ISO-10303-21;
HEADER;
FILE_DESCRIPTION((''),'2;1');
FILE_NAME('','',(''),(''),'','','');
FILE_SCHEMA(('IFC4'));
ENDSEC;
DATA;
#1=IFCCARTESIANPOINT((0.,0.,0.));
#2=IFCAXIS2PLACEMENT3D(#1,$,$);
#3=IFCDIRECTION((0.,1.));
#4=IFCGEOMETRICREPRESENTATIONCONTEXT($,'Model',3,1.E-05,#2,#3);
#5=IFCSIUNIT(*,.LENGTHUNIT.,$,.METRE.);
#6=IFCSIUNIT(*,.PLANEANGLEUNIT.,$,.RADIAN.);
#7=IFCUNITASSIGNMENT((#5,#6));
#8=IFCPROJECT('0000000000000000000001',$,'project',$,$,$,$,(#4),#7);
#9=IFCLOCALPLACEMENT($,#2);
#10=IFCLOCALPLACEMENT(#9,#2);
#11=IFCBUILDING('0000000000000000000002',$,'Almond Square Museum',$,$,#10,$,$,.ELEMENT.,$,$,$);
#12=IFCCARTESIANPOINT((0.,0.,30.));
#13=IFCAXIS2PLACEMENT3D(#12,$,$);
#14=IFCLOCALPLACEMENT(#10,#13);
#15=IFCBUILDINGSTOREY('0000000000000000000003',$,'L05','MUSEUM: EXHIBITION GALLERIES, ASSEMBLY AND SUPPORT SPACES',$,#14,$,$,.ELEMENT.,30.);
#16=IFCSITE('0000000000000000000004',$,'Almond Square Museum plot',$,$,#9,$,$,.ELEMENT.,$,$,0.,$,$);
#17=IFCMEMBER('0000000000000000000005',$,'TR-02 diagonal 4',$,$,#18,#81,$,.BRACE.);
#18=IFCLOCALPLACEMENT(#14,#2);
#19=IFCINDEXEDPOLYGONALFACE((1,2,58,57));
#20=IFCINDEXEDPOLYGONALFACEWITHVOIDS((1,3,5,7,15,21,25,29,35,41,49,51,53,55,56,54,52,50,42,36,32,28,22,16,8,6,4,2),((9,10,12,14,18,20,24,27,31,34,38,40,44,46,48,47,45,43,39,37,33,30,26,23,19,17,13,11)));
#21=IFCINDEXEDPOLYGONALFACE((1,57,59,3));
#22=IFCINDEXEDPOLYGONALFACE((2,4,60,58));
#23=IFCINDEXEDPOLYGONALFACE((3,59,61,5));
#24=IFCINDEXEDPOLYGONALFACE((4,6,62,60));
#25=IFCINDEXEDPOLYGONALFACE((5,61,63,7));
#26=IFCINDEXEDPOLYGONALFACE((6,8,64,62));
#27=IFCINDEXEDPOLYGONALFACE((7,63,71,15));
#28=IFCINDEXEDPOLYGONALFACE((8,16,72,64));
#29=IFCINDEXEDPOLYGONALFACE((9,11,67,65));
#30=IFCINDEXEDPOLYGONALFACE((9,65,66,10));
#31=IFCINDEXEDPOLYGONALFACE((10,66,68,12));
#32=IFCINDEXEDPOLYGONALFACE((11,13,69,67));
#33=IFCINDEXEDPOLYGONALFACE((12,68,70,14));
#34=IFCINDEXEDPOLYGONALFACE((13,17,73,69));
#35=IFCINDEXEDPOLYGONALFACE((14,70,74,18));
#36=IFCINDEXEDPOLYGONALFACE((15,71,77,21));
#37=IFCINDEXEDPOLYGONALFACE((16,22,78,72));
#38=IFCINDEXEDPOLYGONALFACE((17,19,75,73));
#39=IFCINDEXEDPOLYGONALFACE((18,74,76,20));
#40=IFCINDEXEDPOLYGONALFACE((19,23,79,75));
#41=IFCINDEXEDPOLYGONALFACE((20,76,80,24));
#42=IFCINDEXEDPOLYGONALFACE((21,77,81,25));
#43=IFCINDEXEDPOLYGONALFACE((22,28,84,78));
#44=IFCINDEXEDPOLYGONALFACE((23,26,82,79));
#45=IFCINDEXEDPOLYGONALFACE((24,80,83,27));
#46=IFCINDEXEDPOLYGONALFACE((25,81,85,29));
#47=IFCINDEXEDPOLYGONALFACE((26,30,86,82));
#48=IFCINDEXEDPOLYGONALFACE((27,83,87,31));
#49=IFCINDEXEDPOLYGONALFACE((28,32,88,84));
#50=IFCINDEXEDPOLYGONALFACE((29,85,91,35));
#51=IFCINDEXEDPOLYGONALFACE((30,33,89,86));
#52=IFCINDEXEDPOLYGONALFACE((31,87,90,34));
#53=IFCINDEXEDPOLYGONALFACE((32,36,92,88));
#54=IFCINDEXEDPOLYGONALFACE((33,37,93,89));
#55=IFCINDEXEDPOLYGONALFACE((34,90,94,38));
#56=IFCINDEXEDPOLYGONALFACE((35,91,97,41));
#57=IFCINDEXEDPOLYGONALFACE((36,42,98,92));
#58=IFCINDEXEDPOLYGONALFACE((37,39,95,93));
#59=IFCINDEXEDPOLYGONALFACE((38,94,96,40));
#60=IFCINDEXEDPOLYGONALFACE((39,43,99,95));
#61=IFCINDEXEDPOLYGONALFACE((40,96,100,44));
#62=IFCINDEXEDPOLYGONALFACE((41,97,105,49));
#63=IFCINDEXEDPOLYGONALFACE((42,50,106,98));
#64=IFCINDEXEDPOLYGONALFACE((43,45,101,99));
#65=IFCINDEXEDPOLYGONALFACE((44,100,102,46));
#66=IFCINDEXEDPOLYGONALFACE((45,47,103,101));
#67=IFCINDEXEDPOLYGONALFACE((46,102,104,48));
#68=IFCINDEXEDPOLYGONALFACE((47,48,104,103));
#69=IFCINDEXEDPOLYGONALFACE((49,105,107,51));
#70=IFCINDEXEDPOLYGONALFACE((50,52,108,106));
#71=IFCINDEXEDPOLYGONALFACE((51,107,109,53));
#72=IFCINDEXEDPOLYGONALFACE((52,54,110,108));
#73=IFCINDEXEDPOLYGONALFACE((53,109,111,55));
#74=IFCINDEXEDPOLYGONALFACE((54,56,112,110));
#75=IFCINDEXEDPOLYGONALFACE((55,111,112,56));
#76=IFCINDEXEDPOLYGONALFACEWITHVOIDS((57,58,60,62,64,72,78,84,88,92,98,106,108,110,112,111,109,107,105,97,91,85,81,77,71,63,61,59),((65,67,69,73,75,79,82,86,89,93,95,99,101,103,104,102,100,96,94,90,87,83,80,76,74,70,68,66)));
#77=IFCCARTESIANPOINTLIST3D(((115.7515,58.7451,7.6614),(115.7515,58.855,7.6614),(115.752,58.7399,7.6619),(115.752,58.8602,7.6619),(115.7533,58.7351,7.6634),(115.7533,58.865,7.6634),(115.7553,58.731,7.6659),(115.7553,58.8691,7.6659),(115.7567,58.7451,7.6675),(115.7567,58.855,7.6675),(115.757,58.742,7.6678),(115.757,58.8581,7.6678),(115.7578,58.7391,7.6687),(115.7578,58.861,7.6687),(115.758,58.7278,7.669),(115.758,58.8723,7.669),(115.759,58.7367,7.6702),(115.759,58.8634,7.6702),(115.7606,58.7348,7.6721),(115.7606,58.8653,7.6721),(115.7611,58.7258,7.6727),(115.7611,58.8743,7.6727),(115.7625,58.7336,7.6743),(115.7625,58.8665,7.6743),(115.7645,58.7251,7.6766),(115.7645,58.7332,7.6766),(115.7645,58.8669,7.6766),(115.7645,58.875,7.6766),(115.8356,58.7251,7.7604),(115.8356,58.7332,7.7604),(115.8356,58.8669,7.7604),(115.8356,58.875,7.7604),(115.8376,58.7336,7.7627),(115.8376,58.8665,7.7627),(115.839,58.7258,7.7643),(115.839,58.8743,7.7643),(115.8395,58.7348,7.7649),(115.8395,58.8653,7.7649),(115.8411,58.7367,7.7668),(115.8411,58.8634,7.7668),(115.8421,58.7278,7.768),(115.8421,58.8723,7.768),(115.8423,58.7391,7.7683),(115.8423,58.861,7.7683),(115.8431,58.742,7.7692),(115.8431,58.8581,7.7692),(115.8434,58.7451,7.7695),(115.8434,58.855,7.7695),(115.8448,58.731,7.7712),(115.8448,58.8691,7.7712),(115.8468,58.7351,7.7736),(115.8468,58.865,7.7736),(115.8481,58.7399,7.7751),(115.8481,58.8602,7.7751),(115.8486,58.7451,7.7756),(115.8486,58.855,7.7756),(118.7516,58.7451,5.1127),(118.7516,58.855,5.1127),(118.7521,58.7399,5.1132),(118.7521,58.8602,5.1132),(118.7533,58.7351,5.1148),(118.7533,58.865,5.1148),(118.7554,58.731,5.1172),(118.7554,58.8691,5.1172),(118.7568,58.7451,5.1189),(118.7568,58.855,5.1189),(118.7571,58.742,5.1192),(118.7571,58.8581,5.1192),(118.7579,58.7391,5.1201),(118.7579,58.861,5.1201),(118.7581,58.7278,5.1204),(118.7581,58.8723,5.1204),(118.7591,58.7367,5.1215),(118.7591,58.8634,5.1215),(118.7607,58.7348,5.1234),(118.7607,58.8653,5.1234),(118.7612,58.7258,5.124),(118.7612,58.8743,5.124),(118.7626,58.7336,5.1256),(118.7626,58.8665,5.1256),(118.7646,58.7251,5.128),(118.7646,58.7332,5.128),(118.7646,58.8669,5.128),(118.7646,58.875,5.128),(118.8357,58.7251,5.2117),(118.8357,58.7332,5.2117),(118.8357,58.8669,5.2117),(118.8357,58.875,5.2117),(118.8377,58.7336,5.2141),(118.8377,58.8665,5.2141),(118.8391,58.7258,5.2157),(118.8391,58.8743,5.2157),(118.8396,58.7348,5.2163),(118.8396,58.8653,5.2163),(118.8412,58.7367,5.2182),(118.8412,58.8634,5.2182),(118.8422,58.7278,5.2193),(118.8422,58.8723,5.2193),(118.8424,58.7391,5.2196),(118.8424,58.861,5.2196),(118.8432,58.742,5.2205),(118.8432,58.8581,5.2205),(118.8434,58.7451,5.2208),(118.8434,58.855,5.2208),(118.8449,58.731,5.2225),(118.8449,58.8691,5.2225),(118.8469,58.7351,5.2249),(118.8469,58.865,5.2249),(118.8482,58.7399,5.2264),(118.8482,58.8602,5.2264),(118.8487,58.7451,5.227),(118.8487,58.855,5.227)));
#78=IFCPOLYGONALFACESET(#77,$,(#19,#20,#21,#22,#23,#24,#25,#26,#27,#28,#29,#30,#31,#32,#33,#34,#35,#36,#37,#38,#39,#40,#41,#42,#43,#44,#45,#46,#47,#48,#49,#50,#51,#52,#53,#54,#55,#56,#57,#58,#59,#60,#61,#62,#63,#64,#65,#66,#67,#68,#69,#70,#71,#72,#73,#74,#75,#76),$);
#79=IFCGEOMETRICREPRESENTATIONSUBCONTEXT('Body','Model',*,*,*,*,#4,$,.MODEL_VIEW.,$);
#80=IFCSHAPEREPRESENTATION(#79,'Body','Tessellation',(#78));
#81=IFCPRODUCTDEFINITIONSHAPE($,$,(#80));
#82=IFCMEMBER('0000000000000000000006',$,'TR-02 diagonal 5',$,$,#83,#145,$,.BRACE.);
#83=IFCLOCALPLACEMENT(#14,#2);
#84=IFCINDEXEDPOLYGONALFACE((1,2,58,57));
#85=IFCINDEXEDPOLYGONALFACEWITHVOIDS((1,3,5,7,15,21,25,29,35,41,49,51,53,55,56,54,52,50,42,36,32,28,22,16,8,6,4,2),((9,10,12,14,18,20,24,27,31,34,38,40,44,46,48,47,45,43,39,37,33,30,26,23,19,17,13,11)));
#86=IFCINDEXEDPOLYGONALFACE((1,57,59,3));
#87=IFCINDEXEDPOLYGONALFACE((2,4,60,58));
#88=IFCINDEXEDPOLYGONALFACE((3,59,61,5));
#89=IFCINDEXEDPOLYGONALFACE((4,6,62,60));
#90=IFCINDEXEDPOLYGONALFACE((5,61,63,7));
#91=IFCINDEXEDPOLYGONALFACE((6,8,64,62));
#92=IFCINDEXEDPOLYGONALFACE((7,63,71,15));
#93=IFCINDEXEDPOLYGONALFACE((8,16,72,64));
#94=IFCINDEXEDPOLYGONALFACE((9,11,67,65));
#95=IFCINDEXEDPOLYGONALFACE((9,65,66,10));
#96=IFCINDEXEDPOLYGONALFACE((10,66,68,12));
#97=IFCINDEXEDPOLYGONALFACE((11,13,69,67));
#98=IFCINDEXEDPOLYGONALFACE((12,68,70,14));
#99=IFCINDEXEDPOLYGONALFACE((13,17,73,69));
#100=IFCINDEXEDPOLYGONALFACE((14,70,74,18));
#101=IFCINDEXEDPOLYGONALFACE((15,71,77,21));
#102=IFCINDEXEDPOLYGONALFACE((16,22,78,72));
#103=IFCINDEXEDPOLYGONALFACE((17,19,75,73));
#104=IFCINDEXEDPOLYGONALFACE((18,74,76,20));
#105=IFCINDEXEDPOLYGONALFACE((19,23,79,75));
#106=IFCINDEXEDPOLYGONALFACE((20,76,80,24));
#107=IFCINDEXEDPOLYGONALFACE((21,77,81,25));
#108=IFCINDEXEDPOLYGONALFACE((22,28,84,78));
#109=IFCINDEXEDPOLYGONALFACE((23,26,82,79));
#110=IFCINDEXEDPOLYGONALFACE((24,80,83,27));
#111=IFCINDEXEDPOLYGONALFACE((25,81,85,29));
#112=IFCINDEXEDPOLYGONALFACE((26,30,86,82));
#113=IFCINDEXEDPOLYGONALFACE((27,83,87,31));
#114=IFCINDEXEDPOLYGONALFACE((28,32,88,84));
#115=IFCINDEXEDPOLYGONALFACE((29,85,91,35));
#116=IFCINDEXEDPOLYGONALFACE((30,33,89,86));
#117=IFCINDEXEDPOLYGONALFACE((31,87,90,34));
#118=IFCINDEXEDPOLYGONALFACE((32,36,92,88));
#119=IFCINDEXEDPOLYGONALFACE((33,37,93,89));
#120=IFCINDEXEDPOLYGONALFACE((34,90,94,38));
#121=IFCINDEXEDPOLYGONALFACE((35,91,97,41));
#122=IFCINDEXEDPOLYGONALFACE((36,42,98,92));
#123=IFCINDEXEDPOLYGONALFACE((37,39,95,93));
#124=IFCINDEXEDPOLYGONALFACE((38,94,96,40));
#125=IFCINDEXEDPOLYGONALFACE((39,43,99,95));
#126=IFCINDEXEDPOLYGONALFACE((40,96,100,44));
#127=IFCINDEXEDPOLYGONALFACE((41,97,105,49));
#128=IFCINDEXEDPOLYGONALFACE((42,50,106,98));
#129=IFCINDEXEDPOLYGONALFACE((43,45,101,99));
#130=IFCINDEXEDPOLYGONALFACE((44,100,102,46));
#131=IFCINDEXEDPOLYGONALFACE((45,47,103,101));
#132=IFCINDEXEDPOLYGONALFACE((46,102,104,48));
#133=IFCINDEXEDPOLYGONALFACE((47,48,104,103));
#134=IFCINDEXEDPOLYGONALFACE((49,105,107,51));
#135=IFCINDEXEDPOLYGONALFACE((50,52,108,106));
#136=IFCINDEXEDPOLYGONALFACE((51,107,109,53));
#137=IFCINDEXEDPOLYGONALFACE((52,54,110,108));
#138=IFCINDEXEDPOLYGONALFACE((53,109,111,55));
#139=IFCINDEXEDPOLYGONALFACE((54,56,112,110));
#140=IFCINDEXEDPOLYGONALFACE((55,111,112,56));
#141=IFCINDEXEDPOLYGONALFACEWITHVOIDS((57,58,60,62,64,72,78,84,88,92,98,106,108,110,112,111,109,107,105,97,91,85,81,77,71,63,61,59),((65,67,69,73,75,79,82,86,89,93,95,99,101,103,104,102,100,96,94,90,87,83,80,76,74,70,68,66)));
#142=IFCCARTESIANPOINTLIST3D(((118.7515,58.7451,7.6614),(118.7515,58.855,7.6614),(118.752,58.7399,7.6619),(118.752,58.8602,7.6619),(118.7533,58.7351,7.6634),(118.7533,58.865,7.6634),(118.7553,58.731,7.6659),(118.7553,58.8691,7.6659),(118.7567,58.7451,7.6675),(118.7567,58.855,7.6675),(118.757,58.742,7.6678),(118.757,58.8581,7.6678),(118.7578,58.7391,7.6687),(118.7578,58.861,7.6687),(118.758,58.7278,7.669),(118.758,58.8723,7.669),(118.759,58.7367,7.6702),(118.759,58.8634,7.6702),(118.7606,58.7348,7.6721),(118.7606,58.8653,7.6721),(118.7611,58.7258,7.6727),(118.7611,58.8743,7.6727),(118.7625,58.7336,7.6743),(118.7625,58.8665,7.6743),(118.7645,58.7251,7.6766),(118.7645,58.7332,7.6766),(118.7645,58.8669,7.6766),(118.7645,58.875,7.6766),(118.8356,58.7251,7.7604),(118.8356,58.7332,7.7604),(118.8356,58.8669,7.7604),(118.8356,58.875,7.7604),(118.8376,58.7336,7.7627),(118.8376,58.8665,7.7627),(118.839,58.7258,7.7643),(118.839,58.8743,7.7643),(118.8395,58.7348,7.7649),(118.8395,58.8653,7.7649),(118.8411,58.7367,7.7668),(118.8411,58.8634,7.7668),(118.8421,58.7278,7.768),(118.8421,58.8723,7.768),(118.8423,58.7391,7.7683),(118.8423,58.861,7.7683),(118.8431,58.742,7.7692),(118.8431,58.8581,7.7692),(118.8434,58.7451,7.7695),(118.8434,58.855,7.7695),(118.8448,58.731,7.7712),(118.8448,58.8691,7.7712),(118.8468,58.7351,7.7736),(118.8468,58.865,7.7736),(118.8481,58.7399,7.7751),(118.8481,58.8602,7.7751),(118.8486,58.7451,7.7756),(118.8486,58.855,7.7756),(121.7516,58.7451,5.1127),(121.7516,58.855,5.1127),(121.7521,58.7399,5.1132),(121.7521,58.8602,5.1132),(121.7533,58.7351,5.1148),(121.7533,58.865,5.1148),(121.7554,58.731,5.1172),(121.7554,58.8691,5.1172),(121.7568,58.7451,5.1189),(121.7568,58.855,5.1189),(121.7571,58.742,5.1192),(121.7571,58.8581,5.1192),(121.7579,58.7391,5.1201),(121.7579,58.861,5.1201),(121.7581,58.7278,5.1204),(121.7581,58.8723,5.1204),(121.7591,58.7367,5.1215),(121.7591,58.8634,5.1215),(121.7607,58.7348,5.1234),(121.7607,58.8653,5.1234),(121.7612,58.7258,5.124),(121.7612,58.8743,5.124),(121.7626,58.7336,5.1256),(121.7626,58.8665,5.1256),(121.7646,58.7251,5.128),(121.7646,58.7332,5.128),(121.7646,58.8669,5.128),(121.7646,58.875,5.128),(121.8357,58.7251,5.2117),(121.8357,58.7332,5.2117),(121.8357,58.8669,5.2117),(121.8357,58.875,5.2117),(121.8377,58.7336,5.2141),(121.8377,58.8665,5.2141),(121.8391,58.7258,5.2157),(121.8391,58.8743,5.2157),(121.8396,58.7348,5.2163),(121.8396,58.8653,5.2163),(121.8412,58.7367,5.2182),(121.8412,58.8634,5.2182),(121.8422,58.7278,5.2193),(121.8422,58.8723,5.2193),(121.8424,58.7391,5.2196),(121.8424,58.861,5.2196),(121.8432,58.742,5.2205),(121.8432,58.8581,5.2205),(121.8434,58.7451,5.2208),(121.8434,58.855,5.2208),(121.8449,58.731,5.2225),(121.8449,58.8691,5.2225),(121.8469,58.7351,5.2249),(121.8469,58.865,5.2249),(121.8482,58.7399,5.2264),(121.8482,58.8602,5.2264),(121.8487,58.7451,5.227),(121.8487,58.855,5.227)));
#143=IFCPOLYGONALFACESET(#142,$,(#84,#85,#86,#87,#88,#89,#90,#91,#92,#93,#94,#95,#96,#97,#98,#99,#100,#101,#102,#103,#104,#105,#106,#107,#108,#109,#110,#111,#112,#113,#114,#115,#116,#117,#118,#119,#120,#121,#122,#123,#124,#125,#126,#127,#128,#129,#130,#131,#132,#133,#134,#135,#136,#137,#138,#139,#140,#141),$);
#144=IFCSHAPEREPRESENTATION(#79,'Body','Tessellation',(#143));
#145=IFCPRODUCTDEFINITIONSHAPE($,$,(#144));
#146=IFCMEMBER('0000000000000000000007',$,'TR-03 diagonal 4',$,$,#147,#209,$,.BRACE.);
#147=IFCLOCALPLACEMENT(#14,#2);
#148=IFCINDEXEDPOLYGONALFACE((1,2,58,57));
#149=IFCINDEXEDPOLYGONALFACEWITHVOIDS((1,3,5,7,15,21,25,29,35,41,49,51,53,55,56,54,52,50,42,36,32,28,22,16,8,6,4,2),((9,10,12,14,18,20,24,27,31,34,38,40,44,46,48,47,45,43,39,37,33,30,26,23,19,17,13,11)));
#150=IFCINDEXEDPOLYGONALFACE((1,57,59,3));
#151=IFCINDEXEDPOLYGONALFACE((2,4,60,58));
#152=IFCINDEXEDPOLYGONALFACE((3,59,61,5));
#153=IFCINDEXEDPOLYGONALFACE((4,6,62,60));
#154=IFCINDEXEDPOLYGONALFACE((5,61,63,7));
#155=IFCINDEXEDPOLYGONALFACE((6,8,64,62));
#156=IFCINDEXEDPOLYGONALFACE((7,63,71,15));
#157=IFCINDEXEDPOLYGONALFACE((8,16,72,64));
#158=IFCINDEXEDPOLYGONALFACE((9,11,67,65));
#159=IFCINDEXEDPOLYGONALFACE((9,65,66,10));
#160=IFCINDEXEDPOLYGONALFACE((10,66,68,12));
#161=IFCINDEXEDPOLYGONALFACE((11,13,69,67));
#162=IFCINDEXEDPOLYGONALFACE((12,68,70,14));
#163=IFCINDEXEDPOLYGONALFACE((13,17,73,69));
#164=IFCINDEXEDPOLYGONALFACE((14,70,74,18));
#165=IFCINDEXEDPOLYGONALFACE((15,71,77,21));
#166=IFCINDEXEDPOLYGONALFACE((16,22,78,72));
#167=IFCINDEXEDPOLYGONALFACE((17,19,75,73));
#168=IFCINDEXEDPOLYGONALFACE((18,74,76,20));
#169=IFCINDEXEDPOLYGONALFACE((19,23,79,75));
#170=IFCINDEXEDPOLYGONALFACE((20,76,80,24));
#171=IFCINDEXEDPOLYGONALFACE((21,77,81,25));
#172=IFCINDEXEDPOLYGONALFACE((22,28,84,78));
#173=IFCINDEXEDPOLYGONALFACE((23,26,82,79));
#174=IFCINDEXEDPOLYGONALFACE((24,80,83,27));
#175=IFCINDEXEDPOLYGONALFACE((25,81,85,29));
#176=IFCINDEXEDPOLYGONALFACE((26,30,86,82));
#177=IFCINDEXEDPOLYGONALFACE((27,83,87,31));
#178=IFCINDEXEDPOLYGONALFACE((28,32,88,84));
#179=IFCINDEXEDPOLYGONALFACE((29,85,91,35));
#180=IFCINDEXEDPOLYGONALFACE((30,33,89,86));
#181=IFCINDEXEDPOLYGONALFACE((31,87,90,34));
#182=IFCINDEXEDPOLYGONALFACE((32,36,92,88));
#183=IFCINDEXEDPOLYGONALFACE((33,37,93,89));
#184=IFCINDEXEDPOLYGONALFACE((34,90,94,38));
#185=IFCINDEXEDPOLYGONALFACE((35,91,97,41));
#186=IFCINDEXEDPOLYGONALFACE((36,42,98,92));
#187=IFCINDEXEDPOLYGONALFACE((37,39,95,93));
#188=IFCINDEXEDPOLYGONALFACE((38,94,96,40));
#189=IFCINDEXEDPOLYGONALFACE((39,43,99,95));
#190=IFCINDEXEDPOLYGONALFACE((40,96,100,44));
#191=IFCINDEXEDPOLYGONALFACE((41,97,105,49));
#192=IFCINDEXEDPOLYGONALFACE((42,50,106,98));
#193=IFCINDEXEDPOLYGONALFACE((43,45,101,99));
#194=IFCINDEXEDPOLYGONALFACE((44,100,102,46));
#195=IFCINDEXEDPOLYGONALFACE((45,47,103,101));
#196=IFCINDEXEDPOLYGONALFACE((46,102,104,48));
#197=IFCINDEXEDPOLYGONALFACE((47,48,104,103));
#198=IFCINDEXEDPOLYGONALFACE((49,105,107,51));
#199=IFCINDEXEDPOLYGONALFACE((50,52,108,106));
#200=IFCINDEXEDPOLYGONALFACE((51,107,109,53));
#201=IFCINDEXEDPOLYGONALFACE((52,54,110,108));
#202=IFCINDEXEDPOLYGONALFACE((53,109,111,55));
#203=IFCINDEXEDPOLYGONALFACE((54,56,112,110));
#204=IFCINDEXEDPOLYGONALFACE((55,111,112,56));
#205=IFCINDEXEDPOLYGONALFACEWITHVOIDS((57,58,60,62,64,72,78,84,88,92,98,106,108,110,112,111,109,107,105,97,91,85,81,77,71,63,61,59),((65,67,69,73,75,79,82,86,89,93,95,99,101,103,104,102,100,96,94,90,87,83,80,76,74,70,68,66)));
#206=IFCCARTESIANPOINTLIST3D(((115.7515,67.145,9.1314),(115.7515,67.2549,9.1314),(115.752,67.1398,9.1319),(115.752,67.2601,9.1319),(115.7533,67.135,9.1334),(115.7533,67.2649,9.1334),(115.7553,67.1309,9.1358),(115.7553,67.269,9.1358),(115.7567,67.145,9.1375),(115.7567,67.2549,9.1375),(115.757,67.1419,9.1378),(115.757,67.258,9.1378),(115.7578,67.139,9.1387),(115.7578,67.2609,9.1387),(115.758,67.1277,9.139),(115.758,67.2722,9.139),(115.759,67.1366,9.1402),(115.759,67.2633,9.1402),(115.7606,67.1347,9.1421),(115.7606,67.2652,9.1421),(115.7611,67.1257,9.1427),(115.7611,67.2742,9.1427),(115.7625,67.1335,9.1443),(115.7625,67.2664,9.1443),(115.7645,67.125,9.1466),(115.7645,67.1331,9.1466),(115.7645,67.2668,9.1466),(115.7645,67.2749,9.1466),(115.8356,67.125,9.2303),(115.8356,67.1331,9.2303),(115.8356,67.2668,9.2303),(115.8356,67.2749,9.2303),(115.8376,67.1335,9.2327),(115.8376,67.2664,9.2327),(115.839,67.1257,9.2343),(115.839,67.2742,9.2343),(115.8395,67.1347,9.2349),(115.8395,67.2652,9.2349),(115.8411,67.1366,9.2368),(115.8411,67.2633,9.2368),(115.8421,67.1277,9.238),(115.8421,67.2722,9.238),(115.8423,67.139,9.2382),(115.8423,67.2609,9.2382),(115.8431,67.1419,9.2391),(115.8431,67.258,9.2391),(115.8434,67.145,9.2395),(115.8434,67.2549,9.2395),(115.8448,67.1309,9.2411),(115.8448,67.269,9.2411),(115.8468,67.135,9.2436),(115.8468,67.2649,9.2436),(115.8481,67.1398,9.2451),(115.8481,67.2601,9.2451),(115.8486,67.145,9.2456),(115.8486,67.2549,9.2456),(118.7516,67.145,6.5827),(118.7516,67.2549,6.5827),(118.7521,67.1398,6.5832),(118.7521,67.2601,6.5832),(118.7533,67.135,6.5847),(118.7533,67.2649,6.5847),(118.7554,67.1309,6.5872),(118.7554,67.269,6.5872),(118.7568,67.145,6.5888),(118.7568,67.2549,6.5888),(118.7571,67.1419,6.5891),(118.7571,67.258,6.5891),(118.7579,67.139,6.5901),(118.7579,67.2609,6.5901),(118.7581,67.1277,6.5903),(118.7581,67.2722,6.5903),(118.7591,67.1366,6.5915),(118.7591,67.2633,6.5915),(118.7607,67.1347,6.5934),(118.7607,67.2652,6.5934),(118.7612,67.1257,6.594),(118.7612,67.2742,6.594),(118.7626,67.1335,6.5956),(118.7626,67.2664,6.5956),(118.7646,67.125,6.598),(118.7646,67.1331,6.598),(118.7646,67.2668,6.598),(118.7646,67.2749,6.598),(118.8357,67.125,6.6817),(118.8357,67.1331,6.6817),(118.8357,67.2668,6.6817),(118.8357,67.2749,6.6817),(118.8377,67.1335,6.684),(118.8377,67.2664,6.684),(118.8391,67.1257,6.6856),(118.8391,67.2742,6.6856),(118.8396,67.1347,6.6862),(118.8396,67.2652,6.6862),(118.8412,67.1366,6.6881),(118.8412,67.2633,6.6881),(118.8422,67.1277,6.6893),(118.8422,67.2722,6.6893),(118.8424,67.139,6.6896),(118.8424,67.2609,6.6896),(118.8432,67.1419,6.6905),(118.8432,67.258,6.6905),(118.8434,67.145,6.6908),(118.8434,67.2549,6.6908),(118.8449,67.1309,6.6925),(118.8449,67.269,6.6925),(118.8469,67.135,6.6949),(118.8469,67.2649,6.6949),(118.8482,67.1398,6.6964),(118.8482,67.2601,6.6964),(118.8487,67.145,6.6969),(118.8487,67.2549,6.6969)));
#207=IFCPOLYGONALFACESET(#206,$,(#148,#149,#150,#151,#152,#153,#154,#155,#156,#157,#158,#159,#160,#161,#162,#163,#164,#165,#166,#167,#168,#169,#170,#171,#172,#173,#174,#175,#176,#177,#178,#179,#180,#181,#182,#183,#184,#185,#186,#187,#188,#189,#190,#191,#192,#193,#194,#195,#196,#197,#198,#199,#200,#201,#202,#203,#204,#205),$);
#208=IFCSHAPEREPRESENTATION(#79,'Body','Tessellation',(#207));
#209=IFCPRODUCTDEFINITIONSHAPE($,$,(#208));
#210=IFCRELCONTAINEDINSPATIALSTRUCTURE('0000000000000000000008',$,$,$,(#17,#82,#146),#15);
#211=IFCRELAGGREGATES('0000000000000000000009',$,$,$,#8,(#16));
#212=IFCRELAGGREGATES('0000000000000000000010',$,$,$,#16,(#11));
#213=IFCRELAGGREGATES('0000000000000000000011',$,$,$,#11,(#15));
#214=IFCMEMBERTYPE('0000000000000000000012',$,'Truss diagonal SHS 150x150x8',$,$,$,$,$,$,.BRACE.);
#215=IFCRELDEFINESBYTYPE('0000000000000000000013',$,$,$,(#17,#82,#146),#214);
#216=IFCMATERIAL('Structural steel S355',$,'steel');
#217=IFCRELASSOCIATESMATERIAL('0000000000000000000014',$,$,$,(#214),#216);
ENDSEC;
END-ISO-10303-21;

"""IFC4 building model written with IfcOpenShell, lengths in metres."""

from ifc_helpers import new_model, si_unit, direction, frame, origin, origin_2d, place, context, subcontext, project, spatial, hollow_rectangle, extrude, material, material_profile, profile_set, type_object, element, save


model = new_model("IFC4")

# Units and contexts
model_context = context("Model", 3, precision=1e-05, world=origin(), true_north=direction((0.0, 1.0)))
body_context = subcontext(model_context, "Body", "Model", "MODEL_VIEW")
ifc_project = project(units=[si_unit("LENGTHUNIT", "METRE"), si_unit("PLANEANGLEUNIT", "RADIAN")], contexts=[model_context])

# Site, building, storey
site_placement = place(None, origin())
site = spatial("IfcSite", under=ifc_project, at=site_placement, Name="Almond Square Museum plot", CompositionType="ELEMENT", RefElevation=0.0)
building_placement = place(site_placement, origin())
building = spatial("IfcBuilding", under=site, at=building_placement, Name="Almond Square Museum", CompositionType="ELEMENT")
storey_placement = place(building_placement, frame((0.0, 0.0, 30.0)))
storey = spatial("IfcBuildingStorey", under=building, at=storey_placement, Name="L05", Description="MUSEUM: EXHIBITION GALLERIES, ASSEMBLY AND SUPPORT SPACES", CompositionType="ELEMENT", Elevation=30.0)

# Members
ifc_material_1 = material(Name="Structural steel S355", Category="steel")
ifc_material_profile_1 = material_profile(ifc_material_1, hollow_rectangle(XDim=0.1499, YDim=0.1499, WallThickness=0.0081, InnerFilletRadius=0.012, OuterFilletRadius=0.02, at=origin_2d()))
ifc_profile_set_1 = profile_set([ifc_material_profile_1], Name="Structural steel S355")
member_type_1 = type_object("IfcMemberType", Name="Truss diagonal SHS 150x150x8", PredefinedType="BRACE", material=ifc_profile_set_1)
for number, where, z_axis, x_axis, name in (
    (1, (115.8, 58.8, 7.7185), (0.762117, 0.0, -0.64744), (0.0, 1.0, 0.0), "TR-02 diagonal 4"),
    (2, (118.8, 58.8, 7.7185), (0.762117, 0.0, -0.64744), (0.0, 1.0, 0.0), "TR-02 diagonal 5"),
    (3, (115.8, 67.2, 9.1885), (0.762117, 0.0, -0.64744), (0.0, 1.0, 0.0), "TR-03 diagonal 4"),
):
    element("IfcMember", number, at=place(storey_placement, frame(where, z_axis=z_axis, x_axis=x_axis)), inside=storey, type_object=member_type_1, Name=name, PredefinedType="BRACE", context=body_context, shape_type="SweptSolid", body=[
        extrude(hollow_rectangle(XDim=0.1499, YDim=0.1499, WallThickness=0.0081, InnerFilletRadius=0.012, OuterFilletRadius=0.02, at=origin_2d()), origin(), (0.0, 0.0, 1.0), 3.9365),
    ])

save(model, "model.ifc")
